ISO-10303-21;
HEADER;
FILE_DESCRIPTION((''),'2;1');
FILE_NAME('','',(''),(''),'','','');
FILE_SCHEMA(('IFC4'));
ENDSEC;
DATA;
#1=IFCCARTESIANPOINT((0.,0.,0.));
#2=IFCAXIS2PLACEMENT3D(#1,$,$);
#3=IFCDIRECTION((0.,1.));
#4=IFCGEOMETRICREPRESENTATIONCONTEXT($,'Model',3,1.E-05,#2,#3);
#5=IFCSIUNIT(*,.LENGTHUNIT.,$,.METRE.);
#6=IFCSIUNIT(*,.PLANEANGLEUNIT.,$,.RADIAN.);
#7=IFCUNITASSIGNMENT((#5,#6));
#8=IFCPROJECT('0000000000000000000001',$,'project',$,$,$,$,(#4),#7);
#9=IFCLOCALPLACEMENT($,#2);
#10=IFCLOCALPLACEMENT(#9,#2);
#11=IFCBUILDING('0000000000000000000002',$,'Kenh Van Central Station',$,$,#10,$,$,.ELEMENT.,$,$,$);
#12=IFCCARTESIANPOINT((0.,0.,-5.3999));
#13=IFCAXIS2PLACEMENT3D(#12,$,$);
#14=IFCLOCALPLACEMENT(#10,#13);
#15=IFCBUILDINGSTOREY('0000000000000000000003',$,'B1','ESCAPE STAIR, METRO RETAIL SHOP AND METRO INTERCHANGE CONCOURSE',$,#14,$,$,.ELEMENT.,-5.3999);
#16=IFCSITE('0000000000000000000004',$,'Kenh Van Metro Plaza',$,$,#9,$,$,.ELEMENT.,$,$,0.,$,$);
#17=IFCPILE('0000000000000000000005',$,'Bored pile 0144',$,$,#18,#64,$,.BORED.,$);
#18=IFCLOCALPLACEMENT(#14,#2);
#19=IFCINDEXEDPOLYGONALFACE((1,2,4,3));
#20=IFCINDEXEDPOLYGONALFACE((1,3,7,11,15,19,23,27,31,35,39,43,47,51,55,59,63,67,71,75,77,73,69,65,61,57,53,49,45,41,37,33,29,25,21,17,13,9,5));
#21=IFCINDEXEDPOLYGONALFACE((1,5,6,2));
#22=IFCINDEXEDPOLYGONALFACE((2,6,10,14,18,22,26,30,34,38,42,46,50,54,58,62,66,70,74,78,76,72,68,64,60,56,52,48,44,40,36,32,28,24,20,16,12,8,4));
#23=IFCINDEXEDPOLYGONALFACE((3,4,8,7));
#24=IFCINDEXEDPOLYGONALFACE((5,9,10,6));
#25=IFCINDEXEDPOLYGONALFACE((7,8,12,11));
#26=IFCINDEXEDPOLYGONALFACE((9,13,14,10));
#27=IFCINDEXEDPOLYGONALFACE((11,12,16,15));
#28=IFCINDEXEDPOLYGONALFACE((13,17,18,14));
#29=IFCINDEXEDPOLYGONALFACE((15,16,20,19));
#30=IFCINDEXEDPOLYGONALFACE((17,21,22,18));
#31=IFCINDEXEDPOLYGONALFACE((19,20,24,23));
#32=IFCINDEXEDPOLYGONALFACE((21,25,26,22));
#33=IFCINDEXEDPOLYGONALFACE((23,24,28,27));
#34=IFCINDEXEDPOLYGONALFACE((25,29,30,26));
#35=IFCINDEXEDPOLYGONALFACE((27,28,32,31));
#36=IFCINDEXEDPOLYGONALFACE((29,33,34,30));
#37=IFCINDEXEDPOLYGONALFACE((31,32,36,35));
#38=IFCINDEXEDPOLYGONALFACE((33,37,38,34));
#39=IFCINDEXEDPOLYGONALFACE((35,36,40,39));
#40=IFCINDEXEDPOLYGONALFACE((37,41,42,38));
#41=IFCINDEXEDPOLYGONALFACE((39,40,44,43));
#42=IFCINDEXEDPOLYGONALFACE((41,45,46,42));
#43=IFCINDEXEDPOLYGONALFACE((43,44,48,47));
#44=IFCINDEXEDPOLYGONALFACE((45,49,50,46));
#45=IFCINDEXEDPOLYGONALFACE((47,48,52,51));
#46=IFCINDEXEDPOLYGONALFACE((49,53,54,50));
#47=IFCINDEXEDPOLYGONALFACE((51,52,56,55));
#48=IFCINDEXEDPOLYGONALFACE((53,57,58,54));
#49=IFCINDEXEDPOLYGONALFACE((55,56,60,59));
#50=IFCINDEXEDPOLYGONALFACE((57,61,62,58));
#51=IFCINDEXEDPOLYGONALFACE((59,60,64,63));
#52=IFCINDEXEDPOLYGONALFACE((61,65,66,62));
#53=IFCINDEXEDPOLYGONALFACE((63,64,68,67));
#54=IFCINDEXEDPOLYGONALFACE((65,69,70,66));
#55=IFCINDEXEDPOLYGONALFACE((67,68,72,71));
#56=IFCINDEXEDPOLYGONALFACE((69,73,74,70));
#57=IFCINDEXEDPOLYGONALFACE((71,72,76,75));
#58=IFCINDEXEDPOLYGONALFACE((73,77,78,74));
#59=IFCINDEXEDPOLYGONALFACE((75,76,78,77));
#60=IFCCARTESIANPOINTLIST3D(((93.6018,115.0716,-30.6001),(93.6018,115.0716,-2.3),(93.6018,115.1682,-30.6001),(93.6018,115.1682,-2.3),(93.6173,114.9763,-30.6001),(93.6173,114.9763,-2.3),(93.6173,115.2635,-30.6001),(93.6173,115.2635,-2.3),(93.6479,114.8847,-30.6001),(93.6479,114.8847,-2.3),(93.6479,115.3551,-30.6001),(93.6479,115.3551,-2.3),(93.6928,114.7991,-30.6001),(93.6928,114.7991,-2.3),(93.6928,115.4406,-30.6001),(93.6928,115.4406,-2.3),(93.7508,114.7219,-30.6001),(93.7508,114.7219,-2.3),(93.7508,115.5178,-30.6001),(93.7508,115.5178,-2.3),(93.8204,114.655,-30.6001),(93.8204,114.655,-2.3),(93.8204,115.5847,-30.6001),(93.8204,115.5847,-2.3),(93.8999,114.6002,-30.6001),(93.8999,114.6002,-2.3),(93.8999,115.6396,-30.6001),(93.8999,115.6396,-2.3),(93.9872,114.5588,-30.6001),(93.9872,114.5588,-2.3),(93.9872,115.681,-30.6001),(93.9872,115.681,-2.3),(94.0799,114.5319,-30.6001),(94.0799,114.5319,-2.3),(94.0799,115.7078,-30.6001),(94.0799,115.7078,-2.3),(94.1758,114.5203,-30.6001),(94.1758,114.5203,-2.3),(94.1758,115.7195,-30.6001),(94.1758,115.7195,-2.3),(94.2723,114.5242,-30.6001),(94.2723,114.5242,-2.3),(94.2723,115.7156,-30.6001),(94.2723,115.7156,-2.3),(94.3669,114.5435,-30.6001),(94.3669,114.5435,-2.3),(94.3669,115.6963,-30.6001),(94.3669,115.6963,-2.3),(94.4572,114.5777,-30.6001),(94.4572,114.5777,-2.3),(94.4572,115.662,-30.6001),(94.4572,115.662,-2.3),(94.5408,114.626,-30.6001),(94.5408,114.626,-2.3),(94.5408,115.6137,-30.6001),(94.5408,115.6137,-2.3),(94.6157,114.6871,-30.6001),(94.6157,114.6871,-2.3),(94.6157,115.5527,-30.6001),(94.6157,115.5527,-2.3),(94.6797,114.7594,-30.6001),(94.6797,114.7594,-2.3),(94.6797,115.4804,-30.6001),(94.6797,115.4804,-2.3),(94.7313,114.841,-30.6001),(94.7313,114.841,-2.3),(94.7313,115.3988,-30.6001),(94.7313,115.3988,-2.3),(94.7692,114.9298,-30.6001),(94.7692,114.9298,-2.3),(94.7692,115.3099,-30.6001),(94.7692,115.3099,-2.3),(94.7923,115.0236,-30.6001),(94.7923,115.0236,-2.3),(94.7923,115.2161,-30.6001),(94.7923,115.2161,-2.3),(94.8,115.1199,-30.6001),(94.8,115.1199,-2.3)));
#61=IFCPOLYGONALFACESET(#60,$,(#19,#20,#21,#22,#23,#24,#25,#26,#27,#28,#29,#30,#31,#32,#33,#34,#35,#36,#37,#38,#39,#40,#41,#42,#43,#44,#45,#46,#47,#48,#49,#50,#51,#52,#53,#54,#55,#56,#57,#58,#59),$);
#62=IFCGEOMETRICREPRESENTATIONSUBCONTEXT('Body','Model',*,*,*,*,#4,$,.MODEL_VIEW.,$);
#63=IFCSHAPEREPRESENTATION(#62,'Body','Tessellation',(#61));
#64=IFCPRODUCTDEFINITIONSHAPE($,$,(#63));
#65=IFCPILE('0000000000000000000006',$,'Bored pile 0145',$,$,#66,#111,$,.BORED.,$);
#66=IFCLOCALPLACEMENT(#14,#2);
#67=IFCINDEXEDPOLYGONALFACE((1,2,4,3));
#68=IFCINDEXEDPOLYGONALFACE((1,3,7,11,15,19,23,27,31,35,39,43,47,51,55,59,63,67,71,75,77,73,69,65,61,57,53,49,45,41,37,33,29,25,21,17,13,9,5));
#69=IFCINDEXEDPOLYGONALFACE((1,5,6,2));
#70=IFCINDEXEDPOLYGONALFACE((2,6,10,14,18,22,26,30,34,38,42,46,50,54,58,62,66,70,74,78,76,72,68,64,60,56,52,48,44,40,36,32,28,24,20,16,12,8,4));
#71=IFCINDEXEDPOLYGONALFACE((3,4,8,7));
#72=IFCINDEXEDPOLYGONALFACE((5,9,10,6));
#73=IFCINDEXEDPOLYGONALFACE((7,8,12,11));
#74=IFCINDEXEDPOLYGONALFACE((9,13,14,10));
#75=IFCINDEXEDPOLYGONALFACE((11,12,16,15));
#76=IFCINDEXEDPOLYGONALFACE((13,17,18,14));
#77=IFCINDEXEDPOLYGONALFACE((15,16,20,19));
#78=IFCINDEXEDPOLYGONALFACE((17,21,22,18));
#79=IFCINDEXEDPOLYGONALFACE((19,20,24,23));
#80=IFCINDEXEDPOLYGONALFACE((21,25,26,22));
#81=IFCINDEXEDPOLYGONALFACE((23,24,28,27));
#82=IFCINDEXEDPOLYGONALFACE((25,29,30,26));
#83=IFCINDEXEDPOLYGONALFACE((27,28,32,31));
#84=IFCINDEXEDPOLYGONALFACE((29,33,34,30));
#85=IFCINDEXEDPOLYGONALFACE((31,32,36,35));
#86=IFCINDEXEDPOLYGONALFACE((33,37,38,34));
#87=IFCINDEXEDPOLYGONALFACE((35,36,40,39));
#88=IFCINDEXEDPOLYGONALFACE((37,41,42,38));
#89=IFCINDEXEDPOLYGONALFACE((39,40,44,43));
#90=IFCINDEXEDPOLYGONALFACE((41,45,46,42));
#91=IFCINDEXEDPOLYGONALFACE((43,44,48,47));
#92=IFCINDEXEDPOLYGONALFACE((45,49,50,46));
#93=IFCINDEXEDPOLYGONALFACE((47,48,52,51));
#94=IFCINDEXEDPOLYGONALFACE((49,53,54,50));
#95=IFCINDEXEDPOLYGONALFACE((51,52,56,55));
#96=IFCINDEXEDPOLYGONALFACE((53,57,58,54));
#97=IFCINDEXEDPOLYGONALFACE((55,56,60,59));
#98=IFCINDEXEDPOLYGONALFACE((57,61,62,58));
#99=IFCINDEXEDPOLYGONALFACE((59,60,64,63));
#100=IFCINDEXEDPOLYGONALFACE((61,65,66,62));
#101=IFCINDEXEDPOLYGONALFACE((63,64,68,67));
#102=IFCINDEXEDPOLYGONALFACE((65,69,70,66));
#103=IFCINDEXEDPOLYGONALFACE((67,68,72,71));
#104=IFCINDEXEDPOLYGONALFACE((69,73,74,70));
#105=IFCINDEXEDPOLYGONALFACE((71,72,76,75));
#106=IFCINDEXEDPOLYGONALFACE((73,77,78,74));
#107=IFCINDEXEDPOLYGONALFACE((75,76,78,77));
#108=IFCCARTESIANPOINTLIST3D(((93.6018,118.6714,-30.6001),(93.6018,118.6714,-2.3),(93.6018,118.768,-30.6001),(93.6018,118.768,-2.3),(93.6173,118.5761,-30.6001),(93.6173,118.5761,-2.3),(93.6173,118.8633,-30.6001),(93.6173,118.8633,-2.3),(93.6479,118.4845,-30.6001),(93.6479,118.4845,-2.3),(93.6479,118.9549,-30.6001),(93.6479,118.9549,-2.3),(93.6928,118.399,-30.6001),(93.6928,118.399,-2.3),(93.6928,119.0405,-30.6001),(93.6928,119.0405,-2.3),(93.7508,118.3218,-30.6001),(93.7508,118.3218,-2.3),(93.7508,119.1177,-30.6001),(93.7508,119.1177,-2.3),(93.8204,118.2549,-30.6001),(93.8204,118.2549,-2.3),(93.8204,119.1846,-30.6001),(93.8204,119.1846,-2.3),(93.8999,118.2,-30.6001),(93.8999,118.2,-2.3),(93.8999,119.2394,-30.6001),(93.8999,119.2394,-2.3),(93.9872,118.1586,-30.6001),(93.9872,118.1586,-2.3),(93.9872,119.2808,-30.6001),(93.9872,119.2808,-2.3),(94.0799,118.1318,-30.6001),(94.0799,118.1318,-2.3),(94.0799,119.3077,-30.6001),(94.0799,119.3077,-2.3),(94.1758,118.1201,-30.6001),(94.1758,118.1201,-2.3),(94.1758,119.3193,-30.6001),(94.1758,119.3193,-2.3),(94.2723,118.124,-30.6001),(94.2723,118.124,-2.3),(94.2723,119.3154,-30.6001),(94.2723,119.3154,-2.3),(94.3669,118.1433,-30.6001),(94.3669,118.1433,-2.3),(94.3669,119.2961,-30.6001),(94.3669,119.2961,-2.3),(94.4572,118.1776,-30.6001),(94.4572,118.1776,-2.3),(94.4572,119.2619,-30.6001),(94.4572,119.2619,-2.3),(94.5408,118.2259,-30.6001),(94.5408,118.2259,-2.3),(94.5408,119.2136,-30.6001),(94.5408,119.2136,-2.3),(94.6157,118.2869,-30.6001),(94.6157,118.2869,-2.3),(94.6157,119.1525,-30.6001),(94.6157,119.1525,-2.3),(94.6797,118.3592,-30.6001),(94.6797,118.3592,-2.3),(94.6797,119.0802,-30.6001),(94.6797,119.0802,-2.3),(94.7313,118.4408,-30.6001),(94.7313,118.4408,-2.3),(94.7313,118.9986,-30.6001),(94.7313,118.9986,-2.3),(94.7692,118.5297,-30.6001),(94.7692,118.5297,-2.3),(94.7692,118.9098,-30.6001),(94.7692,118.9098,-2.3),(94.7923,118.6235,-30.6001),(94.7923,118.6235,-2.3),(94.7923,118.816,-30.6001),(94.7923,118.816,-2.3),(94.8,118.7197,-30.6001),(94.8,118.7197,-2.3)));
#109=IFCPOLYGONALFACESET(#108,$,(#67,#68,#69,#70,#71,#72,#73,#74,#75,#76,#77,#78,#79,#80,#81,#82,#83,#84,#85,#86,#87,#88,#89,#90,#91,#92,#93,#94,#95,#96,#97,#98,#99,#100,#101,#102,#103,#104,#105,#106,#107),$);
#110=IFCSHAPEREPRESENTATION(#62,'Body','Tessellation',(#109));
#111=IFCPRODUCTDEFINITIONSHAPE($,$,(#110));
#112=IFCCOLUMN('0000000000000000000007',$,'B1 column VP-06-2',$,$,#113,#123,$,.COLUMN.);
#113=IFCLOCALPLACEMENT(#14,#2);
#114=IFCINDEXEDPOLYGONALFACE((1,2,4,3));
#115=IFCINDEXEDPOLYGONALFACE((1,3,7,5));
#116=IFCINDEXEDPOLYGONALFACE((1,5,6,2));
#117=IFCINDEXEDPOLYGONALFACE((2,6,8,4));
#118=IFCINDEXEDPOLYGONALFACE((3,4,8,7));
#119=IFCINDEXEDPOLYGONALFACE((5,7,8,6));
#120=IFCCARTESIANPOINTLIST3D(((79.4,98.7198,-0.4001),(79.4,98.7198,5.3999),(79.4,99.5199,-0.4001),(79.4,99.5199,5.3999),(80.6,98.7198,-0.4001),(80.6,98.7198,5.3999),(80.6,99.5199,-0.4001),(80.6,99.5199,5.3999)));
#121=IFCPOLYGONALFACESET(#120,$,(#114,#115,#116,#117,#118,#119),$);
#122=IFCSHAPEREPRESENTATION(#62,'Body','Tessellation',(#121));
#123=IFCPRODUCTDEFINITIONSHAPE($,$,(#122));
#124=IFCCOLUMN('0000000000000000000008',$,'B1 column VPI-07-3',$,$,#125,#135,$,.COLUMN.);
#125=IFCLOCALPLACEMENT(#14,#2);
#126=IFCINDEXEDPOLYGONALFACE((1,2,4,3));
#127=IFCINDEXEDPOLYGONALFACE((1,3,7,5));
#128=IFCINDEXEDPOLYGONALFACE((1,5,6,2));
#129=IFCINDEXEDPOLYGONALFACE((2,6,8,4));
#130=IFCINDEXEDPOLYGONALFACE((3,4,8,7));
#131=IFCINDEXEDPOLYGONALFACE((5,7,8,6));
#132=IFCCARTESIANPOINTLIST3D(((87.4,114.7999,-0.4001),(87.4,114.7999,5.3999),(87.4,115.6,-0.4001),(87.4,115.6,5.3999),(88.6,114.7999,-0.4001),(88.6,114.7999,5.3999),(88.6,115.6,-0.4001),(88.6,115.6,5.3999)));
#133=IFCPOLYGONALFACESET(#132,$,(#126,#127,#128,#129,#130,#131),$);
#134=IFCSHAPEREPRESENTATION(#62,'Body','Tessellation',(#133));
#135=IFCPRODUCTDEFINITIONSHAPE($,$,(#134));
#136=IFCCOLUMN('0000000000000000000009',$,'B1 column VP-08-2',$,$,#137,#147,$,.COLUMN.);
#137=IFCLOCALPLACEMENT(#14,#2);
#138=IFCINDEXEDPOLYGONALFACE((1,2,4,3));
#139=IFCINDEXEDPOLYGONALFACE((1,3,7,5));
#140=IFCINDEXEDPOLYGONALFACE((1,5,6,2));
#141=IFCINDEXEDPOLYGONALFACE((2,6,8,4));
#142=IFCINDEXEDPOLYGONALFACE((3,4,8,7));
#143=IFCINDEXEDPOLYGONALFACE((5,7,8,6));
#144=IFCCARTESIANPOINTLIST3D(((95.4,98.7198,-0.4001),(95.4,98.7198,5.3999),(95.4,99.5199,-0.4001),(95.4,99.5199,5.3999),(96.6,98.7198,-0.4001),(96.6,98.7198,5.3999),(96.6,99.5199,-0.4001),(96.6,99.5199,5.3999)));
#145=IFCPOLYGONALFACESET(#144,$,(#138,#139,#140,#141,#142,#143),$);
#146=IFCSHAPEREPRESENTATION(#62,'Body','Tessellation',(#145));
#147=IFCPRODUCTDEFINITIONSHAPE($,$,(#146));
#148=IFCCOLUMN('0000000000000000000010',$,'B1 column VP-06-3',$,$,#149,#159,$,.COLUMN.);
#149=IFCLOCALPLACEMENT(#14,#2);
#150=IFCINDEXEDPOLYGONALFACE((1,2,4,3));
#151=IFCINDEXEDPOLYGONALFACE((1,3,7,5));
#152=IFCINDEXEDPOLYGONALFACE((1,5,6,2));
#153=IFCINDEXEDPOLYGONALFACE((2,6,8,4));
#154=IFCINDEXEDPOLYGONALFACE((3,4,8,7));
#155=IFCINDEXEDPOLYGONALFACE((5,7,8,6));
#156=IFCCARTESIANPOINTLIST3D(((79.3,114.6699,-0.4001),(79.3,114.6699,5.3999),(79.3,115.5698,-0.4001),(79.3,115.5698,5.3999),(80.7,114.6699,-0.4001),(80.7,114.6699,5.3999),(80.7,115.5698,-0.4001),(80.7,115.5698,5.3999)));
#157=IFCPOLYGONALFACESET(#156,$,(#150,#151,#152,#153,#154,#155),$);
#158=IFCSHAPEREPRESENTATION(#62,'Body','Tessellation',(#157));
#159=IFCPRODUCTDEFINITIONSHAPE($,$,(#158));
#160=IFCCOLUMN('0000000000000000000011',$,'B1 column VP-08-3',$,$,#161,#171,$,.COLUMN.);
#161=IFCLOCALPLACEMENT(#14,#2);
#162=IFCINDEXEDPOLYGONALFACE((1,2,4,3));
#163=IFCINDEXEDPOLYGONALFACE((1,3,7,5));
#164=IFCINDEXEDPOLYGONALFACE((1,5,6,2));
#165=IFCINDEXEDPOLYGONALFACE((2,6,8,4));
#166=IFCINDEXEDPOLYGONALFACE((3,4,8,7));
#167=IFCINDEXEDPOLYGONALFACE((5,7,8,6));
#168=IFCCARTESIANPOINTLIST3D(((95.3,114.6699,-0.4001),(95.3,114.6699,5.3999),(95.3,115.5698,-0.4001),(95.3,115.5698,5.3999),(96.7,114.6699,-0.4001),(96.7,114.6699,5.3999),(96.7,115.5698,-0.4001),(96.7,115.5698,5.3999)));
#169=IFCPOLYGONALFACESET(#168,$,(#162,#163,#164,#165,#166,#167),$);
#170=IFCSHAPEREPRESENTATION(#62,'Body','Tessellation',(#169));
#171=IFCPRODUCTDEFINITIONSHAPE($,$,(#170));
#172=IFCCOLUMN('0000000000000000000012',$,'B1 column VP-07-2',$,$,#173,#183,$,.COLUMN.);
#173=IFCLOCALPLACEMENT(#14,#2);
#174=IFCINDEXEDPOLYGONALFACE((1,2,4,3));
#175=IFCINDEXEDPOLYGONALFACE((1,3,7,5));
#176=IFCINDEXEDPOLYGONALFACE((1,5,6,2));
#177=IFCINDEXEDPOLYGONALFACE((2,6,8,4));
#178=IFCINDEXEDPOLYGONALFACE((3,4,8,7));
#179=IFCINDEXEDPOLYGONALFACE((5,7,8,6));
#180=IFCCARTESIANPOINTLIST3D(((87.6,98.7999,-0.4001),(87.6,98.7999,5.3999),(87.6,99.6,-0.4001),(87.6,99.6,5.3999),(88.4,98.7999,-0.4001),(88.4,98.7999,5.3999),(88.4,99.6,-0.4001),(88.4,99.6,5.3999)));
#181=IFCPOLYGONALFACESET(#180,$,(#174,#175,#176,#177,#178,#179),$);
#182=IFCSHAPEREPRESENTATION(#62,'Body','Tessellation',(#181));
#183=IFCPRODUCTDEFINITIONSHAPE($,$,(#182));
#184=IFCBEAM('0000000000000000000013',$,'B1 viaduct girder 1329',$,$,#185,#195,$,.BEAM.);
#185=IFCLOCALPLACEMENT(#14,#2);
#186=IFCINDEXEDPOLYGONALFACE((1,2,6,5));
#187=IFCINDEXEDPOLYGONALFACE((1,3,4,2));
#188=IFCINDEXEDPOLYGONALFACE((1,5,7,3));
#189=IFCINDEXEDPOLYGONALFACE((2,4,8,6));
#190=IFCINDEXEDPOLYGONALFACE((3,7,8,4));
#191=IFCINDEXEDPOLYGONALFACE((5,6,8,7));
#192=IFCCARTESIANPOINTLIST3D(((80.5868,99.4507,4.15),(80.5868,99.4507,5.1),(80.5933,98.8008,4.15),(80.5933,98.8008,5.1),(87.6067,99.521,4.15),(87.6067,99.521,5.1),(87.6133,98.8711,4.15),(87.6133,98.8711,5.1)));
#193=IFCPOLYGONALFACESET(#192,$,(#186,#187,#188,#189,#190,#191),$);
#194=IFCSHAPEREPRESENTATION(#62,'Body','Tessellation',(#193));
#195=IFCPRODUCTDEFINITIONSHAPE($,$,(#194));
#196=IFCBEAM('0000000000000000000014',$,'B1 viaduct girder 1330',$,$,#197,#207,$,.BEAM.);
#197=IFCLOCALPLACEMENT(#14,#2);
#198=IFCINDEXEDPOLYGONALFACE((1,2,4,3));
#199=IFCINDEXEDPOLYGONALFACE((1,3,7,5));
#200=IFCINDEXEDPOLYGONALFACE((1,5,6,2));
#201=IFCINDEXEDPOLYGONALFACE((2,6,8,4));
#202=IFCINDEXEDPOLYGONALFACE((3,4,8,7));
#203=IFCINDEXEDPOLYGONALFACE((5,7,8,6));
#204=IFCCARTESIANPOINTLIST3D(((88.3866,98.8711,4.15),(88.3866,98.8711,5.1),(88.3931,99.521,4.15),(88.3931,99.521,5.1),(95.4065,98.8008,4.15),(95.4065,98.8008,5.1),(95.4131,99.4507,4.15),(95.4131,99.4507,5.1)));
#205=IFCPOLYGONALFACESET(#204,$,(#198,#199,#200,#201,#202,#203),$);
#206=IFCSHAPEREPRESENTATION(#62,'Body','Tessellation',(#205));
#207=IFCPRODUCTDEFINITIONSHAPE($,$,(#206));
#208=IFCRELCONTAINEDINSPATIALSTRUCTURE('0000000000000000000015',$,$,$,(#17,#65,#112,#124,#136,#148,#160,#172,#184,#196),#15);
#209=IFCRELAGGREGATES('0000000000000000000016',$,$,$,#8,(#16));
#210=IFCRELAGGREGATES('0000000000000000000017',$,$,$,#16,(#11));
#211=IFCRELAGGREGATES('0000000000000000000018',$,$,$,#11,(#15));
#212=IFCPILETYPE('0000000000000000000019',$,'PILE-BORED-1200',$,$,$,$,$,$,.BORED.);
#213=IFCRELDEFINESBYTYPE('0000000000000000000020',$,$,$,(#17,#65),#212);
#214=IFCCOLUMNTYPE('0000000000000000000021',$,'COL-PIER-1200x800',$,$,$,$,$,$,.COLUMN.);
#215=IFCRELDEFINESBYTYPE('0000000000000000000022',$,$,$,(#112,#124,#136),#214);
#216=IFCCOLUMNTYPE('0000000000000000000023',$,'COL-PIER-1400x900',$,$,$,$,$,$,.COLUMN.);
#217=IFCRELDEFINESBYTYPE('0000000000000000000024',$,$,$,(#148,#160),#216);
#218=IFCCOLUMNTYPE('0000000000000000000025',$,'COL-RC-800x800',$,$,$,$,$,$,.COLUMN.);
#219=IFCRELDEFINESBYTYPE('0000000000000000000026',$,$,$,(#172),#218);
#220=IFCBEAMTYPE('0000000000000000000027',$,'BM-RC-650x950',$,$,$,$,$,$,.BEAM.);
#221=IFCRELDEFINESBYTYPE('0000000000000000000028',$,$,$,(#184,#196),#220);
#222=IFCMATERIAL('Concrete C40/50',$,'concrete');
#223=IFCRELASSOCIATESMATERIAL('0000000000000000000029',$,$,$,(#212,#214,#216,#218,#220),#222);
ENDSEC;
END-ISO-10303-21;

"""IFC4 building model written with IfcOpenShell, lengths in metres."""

from ifc_helpers import new_model, si_unit, direction, frame, origin, origin_2d, place, context, subcontext, project, spatial, rectangle, circle, extrude, material, material_profile, profile_set, type_object, element, save


model = new_model("IFC4")

# Units and contexts
model_context = context("Model", 3, precision=1e-05, world=origin(), true_north=direction((0.0, 1.0)))
body_context = subcontext(model_context, "Body", "Model", "MODEL_VIEW")
ifc_project = project(units=[si_unit("LENGTHUNIT", "METRE"), si_unit("PLANEANGLEUNIT", "RADIAN")], contexts=[model_context])

# Site, building, storey
site_placement = place(None, origin())
site = spatial("IfcSite", under=ifc_project, at=site_placement, Name="Kenh Van Metro Plaza", CompositionType="ELEMENT", RefElevation=0.0)
building_placement = place(site_placement, origin())
building = spatial("IfcBuilding", under=site, at=building_placement, Name="Kenh Van Central Station", CompositionType="ELEMENT")
storey_placement = place(building_placement, frame((0.0, 0.0, -5.3999)))
storey = spatial("IfcBuildingStorey", under=building, at=storey_placement, Name="B1", Description="ESCAPE STAIR, METRO RETAIL SHOP AND METRO INTERCHANGE CONCOURSE", CompositionType="ELEMENT", Elevation=-5.3999)

# Shared definitions
ifc_material_1 = material(Name="Concrete C40/50", Category="concrete")

# Piles
ifc_material_profile_1 = material_profile(ifc_material_1, circle(Radius=0.6001, at=origin_2d()), Name="PILE D1200")
ifc_profile_set_1 = profile_set([ifc_material_profile_1], Name="Concrete C40/50")
pile_type_1 = type_object("IfcPileType", Name="PILE-BORED-1200", PredefinedType="BORED", material=ifc_profile_set_1)
for number, where, z_axis, x_axis, name in (
    (1, (94.2, 115.1199, -2.3), (0.0, 0.0, -1.0), (1.0, 0.0, 0.0), "Bored pile 0144"),
    (2, (94.2, 118.7197, -2.3), (0.0, 0.0, -1.0), (1.0, 0.0, 0.0), "Bored pile 0145"),
):
    element("IfcPile", number, at=place(storey_placement, frame(where, z_axis=z_axis, x_axis=x_axis)), inside=storey, type_object=pile_type_1, Name=name, PredefinedType="BORED", context=body_context, shape_type="SweptSolid", body=[
        extrude(circle(Radius=0.6001, at=origin_2d()), origin(), (0.0, 0.0, 1.0), 28.3),
    ])

# Columns
ifc_material_profile_2 = material_profile(ifc_material_1, rectangle(XDim=1.2, YDim=0.8, at=origin_2d()), Name="RC 1200x800")
ifc_profile_set_2 = profile_set([ifc_material_profile_2], Name="Concrete C40/50")
column_type_1 = type_object("IfcColumnType", Name="COL-PIER-1200x800", PredefinedType="COLUMN", material=ifc_profile_set_2)
for number, where, z_axis, x_axis, name in (
    (3, (80.0, 99.1199, -0.4001), (0.0, 0.0, 1.0), (1.0, 0.0, 0.0), "B1 column VP-06-2"),
    (4, (88.0, 115.2, -0.4001), (0.0, 0.0, 1.0), (1.0, 0.0, 0.0), "B1 column VPI-07-3"),
    (5, (96.0, 99.1199, -0.4001), (0.0, 0.0, 1.0), (1.0, 0.0, 0.0), "B1 column VP-08-2"),
):
    element("IfcColumn", number, at=place(storey_placement, frame(where, z_axis=z_axis, x_axis=x_axis)), inside=storey, type_object=column_type_1, Name=name, PredefinedType="COLUMN", context=body_context, shape_type="SweptSolid", body=[
        extrude(rectangle(XDim=1.2, YDim=0.8, at=origin_2d()), origin(), (0.0, 0.0, 1.0), 5.8),
    ])
ifc_material_profile_3 = material_profile(ifc_material_1, rectangle(XDim=1.3999, YDim=0.8999, at=origin_2d()), Name="RC 1400x900")
ifc_profile_set_3 = profile_set([ifc_material_profile_3], Name="Concrete C40/50")
column_type_2 = type_object("IfcColumnType", Name="COL-PIER-1400x900", PredefinedType="COLUMN", material=ifc_profile_set_3)
for number, where, z_axis, x_axis, name in (
    (6, (80.0, 115.1199, -0.4001), (0.0, 0.0, 1.0), (1.0, 0.0, 0.0), "B1 column VP-06-3"),
    (7, (96.0, 115.1199, -0.4001), (0.0, 0.0, 1.0), (1.0, 0.0, 0.0), "B1 column VP-08-3"),
):
    element("IfcColumn", number, at=place(storey_placement, frame(where, z_axis=z_axis, x_axis=x_axis)), inside=storey, type_object=column_type_2, Name=name, PredefinedType="COLUMN", context=body_context, shape_type="SweptSolid", body=[
        extrude(rectangle(XDim=1.3999, YDim=0.8999, at=origin_2d()), origin(), (0.0, 0.0, 1.0), 5.8),
    ])
ifc_material_profile_4 = material_profile(ifc_material_1, rectangle(XDim=0.8, YDim=0.8, at=origin_2d()), Name="RC 800x800")
ifc_profile_set_4 = profile_set([ifc_material_profile_4], Name="Concrete C40/50")
column_type_3 = type_object("IfcColumnType", Name="COL-RC-800x800", PredefinedType="COLUMN", material=ifc_profile_set_4)
column_placement = place(storey_placement, frame((88.0, 99.2, -0.4001), z_axis=(0.0, 0.0, 1.0), x_axis=(1.0, 0.0, 0.0)))
element("IfcColumn", 8, at=column_placement, inside=storey, type_object=column_type_3, Name="B1 column VP-07-2", PredefinedType="COLUMN", context=body_context, shape_type="SweptSolid", body=[
    extrude(rectangle(XDim=0.8, YDim=0.8, at=origin_2d()), origin(), (0.0, 0.0, 1.0), 5.8),
])

# Beams
ifc_material_profile_5 = material_profile(ifc_material_1, rectangle(XDim=0.6499, YDim=0.95, at=origin_2d()), Name="RC 650x950")
ifc_profile_set_5 = profile_set([ifc_material_profile_5], Name="Concrete C40/50")
beam_type_1 = type_object("IfcBeamType", Name="BM-RC-650x950", PredefinedType="BEAM", material=ifc_profile_set_5)
for number, where, z_axis, x_axis, name in (
    (9, (80.5901, 99.1257, 4.625), (0.99995, 0.010015, 0.0), (-0.010015, 0.99995, 0.0), "B1 viaduct girder 1329"),
    (10, (88.3899, 99.196, 4.625), (0.99995, -0.010015, 0.0), (0.010015, 0.99995, 0.0), "B1 viaduct girder 1330"),
):
    element("IfcBeam", number, at=place(storey_placement, frame(where, z_axis=z_axis, x_axis=x_axis)), inside=storey, type_object=beam_type_1, Name=name, PredefinedType="BEAM", context=body_context, shape_type="SweptSolid", body=[
        extrude(rectangle(XDim=0.6499, YDim=0.95, at=origin_2d()), origin(), (0.0, 0.0, 1.0), 7.0203),
    ])

save(model, "model.ifc")
